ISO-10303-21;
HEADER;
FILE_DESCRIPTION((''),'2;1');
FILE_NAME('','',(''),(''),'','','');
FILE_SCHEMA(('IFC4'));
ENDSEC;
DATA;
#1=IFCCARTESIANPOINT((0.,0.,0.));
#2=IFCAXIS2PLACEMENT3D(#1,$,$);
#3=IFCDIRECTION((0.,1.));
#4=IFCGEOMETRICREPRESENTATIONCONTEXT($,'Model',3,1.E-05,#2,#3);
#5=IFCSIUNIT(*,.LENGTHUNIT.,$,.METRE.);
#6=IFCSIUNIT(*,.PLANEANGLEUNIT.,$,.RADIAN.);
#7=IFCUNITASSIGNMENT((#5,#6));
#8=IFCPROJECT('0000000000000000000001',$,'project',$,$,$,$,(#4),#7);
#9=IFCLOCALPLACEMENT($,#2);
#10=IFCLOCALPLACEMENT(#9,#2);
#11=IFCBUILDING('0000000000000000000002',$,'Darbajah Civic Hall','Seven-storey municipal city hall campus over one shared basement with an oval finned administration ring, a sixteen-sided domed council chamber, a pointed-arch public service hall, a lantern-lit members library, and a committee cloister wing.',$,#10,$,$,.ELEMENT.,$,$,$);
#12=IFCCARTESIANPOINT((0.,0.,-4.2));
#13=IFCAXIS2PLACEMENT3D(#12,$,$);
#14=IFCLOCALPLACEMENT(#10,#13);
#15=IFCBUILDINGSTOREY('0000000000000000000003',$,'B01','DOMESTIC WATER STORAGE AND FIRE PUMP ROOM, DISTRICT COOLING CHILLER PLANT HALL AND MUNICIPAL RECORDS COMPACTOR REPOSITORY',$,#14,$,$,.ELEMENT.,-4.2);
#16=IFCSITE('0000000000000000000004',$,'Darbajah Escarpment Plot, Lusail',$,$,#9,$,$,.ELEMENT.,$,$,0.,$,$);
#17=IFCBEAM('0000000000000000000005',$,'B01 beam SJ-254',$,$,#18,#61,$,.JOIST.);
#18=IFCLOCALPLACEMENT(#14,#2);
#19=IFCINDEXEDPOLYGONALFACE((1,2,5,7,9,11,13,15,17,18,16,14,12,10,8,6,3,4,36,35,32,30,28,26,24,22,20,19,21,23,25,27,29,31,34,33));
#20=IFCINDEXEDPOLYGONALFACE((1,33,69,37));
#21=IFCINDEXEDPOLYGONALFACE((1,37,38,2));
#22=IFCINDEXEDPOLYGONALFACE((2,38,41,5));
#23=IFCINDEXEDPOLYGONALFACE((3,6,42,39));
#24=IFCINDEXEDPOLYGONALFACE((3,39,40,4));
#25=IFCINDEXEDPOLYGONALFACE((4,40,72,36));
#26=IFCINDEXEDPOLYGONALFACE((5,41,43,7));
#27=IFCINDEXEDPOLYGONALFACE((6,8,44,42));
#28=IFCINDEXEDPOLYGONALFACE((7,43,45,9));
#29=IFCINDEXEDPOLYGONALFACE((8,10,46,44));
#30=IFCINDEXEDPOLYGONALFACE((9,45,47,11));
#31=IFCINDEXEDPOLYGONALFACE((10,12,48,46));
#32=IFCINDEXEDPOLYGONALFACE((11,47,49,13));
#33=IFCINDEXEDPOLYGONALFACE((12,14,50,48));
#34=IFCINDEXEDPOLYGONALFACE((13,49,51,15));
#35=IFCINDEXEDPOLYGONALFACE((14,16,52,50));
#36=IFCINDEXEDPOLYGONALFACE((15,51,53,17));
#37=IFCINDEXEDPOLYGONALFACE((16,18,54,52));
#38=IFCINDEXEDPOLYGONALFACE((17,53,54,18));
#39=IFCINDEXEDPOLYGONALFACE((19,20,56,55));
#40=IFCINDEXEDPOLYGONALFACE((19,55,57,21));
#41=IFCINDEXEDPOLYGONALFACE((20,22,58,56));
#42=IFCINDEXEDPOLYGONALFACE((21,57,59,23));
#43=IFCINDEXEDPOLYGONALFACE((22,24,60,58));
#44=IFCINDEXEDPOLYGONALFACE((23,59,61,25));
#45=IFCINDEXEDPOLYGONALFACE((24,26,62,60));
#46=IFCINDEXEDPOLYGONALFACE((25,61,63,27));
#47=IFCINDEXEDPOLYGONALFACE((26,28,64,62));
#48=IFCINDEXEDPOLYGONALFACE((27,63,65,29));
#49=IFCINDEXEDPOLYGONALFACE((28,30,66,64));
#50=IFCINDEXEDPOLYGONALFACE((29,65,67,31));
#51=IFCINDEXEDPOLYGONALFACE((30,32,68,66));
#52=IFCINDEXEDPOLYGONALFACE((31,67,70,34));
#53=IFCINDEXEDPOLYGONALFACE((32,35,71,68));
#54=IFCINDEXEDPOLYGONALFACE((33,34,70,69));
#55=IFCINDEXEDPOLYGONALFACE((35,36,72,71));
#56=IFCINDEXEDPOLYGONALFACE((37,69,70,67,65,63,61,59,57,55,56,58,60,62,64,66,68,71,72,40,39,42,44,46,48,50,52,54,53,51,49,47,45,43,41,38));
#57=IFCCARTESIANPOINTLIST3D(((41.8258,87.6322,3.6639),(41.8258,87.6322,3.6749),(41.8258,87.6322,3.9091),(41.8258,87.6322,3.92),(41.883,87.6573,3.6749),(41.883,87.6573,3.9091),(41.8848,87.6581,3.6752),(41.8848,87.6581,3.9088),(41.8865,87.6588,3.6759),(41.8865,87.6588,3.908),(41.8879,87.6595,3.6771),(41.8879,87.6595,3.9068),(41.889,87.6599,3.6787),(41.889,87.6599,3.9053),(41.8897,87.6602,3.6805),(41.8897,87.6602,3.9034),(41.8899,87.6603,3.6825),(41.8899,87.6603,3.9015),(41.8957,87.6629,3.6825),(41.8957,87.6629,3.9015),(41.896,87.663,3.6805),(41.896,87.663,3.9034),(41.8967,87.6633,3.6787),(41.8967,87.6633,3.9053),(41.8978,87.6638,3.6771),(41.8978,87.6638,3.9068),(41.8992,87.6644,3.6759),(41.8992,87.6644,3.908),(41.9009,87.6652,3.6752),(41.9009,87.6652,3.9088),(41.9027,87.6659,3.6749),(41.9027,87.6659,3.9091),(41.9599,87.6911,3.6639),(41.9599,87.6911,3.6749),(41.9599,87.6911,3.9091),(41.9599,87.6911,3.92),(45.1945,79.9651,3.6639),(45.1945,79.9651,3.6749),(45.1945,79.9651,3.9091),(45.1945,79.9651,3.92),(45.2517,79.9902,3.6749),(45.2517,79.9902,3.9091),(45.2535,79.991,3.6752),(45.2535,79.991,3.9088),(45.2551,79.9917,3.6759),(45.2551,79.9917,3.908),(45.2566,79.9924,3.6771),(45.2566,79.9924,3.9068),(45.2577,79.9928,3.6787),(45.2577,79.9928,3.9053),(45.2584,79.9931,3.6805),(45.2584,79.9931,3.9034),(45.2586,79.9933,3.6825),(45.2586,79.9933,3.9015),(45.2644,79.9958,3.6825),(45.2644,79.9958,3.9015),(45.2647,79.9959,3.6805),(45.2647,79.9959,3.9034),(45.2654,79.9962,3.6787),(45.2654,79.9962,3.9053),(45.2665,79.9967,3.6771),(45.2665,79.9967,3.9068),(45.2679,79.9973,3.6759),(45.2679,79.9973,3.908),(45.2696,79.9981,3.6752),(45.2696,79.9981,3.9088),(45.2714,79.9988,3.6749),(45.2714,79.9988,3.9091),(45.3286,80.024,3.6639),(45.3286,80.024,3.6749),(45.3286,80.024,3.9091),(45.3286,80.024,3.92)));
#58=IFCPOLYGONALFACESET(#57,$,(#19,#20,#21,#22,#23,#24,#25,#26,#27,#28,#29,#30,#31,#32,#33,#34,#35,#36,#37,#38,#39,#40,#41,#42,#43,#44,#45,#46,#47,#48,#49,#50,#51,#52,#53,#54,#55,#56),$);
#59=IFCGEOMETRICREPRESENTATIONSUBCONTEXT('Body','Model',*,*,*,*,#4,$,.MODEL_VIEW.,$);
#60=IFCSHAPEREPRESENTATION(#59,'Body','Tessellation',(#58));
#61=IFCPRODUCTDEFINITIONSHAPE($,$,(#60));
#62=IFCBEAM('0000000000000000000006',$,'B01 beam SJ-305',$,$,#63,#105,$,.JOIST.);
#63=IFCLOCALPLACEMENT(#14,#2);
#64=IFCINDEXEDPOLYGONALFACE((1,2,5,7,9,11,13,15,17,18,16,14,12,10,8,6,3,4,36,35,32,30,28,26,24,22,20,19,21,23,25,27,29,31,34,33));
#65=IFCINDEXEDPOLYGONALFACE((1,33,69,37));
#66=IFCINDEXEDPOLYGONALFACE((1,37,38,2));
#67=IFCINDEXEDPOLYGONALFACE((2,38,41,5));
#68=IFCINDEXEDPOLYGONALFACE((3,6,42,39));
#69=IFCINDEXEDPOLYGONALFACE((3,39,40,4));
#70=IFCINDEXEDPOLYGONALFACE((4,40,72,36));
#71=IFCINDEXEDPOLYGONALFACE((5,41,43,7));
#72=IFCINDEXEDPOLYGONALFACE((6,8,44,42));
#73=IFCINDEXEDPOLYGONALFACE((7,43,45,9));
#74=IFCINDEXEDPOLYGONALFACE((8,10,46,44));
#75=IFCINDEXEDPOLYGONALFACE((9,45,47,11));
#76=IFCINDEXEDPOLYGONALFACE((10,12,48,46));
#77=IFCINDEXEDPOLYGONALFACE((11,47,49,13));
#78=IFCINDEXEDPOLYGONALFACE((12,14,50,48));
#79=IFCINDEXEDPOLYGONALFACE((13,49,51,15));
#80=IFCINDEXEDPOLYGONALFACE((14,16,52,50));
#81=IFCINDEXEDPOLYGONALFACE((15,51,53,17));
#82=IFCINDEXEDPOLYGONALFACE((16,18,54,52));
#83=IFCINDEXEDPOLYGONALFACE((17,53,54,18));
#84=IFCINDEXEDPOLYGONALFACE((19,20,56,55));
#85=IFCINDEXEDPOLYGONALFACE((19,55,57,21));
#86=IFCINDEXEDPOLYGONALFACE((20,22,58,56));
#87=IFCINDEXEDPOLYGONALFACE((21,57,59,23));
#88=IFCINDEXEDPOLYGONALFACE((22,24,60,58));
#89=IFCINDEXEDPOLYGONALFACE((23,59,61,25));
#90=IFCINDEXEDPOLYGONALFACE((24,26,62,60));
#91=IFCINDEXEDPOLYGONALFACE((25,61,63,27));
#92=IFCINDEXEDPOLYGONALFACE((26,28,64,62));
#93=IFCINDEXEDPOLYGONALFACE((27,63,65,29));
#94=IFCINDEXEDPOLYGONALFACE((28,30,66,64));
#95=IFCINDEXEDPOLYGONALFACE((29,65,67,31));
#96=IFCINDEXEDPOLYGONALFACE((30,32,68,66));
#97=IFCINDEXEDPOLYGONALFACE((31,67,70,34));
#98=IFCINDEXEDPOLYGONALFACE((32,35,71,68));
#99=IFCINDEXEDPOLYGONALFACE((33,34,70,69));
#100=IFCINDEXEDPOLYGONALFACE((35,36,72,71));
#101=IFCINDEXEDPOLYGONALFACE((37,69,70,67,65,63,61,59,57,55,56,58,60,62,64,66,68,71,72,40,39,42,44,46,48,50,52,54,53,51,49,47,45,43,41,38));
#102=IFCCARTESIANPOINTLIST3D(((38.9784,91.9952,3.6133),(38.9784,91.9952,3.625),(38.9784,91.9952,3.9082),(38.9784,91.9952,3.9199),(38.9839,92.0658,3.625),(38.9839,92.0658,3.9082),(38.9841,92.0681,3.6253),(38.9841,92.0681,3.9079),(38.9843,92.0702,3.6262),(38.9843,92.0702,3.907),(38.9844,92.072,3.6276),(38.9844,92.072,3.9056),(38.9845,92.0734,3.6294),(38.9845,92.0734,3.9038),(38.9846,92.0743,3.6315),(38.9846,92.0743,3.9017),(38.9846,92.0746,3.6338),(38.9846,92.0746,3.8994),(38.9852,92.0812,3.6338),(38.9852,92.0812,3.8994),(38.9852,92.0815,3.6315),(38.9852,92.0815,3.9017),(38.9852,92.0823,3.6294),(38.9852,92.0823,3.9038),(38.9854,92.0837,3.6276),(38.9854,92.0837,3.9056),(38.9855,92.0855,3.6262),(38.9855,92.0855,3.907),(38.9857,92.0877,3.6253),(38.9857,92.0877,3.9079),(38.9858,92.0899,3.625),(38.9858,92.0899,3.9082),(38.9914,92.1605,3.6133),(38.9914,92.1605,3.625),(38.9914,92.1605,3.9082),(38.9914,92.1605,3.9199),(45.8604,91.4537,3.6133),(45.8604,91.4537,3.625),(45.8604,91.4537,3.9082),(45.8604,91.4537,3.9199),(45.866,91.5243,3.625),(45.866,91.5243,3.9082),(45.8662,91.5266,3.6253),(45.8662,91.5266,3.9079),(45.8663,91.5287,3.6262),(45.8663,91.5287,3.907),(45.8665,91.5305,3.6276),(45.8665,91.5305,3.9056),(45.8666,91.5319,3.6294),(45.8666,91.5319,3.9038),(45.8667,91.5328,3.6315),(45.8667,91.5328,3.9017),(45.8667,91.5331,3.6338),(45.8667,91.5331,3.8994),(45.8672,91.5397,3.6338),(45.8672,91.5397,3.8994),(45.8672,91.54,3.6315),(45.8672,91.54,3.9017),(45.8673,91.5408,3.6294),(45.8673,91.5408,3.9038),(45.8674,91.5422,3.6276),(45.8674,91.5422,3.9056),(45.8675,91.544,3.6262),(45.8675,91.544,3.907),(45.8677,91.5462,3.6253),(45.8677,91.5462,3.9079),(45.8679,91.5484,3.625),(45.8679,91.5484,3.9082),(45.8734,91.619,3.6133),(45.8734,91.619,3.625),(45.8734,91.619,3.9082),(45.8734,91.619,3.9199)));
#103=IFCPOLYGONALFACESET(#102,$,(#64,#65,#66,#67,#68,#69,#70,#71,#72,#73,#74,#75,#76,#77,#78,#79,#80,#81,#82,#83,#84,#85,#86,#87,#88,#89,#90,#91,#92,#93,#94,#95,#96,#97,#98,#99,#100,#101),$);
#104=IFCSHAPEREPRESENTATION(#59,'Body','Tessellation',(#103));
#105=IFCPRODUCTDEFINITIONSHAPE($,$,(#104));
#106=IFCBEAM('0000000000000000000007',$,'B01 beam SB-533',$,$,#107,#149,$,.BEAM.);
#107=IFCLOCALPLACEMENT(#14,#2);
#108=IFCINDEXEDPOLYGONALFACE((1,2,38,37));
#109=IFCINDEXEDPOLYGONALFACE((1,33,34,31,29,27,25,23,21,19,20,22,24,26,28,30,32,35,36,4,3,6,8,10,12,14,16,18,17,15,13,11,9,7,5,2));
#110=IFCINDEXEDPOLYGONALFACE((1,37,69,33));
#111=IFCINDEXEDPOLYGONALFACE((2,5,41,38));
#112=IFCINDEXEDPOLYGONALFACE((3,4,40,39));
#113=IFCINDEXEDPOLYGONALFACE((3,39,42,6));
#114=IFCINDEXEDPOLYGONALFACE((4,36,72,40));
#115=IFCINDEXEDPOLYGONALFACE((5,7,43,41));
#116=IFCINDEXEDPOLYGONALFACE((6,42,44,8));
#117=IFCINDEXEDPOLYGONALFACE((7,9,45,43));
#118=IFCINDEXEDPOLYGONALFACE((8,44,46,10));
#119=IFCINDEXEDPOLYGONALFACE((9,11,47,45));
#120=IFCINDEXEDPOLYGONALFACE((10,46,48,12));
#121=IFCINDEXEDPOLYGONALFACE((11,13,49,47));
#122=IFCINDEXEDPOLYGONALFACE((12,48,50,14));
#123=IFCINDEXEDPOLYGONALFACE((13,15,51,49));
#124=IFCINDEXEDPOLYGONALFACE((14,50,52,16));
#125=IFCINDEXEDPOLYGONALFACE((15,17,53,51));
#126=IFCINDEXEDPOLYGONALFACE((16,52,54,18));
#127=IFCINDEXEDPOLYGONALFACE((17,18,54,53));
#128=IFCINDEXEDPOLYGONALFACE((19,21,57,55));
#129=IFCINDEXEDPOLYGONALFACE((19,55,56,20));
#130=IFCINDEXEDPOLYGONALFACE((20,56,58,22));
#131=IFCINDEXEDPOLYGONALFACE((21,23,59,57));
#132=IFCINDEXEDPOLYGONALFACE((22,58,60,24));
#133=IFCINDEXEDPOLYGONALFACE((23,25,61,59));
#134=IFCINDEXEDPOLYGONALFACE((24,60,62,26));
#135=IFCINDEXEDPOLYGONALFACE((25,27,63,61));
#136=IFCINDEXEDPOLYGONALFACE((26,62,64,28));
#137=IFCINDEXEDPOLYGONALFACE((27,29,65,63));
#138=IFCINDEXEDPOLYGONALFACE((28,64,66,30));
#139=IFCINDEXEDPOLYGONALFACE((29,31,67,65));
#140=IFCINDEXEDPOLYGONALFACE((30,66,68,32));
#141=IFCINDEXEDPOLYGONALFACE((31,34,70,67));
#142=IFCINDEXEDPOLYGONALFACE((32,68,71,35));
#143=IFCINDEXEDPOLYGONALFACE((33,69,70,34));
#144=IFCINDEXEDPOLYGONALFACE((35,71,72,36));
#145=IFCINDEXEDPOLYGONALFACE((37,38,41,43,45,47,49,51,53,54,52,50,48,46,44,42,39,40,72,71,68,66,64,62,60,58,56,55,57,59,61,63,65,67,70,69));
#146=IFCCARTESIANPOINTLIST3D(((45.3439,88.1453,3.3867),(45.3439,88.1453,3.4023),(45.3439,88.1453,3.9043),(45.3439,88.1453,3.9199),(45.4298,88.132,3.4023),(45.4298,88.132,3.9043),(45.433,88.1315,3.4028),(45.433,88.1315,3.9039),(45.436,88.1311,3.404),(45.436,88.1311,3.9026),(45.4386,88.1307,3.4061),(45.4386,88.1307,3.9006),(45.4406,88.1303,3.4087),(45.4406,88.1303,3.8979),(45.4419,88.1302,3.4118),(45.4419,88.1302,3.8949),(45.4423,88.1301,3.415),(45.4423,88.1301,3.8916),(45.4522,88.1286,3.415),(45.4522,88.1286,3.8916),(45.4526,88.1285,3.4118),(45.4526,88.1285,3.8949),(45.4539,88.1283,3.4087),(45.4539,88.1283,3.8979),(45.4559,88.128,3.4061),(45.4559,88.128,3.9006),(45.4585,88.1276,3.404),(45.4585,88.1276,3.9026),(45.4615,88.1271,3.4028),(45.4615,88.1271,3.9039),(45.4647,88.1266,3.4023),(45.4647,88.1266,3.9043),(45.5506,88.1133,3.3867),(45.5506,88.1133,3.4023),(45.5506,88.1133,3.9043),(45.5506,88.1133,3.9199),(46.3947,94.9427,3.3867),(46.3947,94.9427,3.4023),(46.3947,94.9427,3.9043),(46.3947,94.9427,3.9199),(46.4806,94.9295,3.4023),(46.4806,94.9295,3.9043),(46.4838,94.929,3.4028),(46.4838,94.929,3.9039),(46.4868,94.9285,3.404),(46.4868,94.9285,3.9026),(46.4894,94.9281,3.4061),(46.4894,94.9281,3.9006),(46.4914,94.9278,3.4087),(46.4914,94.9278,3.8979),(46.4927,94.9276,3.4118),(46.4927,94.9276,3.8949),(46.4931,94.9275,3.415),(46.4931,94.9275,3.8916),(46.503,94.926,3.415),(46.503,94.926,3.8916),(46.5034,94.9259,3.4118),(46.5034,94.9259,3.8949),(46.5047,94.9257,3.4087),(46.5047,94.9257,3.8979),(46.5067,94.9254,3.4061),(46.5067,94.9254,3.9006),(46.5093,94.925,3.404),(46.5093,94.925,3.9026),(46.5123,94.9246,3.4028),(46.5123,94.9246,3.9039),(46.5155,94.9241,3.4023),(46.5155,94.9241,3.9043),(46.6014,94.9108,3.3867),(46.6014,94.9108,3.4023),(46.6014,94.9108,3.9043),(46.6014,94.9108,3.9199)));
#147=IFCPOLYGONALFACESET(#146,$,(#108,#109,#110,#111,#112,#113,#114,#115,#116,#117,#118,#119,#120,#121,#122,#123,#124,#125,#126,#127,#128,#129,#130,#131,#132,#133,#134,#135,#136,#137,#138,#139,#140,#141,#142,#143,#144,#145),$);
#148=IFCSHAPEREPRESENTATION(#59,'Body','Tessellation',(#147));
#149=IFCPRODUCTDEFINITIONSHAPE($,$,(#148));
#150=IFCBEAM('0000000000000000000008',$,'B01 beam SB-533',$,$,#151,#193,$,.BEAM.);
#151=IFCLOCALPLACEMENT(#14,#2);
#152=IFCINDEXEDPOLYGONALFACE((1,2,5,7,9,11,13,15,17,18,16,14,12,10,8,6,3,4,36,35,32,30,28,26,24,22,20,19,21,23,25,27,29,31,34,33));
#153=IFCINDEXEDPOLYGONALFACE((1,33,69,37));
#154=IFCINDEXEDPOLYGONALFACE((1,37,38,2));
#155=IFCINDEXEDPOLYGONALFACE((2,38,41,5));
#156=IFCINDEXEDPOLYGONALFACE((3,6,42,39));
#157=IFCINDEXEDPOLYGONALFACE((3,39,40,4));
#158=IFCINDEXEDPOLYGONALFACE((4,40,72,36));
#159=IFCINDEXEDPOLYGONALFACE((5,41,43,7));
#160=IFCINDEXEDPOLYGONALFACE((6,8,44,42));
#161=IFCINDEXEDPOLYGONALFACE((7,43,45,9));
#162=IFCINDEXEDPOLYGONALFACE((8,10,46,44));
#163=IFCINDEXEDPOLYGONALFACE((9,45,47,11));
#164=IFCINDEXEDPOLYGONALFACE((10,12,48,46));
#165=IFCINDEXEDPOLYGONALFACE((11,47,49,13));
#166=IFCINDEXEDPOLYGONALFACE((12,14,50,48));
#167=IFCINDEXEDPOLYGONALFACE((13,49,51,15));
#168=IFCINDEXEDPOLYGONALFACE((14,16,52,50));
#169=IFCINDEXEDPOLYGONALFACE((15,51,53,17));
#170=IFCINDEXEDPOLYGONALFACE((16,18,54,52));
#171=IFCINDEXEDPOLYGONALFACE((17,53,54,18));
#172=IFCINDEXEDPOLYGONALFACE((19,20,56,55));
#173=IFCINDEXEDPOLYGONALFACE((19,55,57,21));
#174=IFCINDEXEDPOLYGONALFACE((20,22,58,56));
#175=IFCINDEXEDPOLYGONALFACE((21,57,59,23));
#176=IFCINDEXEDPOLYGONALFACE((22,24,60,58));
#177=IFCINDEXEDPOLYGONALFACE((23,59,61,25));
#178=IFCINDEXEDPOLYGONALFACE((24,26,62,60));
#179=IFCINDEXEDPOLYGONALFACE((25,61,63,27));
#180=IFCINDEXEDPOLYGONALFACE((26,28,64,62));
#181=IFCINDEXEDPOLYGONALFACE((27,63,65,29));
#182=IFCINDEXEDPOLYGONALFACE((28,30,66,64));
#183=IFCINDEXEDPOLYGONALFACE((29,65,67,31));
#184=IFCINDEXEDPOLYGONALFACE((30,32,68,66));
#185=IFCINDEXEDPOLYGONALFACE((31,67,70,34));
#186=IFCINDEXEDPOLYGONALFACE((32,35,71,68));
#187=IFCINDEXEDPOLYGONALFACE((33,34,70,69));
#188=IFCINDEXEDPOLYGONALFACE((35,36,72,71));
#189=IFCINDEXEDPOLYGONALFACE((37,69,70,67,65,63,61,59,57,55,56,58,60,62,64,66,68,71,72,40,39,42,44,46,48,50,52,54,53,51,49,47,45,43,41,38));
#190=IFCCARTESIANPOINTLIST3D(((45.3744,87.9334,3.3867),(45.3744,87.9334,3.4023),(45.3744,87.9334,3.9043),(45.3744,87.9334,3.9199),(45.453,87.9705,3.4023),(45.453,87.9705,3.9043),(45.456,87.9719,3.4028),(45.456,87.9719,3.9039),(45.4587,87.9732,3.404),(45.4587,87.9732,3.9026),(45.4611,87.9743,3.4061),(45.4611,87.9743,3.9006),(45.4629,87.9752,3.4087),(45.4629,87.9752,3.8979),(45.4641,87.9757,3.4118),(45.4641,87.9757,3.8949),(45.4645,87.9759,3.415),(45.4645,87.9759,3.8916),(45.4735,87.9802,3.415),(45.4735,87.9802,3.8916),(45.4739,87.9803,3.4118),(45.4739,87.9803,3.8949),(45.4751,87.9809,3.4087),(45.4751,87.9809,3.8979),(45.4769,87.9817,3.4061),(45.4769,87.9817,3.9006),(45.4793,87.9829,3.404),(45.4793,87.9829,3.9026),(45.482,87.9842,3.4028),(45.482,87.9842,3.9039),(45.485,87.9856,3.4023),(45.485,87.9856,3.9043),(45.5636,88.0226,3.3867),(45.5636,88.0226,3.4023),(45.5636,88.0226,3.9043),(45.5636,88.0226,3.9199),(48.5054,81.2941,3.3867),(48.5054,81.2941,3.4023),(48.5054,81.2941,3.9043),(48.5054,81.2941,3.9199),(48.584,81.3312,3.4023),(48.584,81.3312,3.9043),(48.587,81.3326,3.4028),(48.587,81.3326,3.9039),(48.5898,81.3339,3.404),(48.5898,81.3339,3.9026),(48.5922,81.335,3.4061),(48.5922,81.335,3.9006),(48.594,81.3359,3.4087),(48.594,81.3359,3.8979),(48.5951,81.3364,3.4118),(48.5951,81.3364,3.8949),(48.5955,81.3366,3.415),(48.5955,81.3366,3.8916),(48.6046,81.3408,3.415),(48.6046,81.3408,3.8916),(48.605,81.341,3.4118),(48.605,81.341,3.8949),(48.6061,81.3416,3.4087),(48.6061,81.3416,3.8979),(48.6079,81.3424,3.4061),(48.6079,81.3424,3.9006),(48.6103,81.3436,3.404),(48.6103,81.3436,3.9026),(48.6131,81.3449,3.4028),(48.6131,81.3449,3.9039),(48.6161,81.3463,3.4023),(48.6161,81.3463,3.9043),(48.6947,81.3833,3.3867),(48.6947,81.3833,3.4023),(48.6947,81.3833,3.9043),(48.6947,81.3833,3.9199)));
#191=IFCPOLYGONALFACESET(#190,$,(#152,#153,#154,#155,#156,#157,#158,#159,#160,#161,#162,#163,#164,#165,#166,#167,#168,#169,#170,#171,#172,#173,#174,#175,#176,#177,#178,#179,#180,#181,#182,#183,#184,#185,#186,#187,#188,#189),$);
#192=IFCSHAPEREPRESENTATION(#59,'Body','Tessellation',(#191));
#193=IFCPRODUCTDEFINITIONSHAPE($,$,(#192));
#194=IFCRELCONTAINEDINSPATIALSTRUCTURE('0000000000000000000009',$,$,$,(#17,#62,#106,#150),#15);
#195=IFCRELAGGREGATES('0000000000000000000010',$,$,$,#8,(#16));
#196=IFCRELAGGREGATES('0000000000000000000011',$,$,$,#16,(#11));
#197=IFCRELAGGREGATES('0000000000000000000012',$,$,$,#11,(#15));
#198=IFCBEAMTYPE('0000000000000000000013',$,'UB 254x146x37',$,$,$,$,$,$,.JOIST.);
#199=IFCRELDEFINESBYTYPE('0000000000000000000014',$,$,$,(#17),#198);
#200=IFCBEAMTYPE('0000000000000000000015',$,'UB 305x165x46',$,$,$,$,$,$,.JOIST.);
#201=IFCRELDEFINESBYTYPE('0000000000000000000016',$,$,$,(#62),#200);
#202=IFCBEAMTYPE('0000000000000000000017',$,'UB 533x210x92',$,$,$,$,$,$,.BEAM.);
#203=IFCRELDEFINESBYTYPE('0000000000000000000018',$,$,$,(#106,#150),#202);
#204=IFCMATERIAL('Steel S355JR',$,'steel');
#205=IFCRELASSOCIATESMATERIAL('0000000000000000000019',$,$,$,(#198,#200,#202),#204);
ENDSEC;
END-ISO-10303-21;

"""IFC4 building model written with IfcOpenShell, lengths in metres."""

from ifc_helpers import new_model, si_unit, direction, frame, origin, origin_2d, place, context, subcontext, project, spatial, i_section, extrude, material, material_profile, profile_set, type_object, element, save


model = new_model("IFC4")

# Units and contexts
model_context = context("Model", 3, precision=1e-05, world=origin(), true_north=direction((0.0, 1.0)))
body_context = subcontext(model_context, "Body", "Model", "MODEL_VIEW")
ifc_project = project(units=[si_unit("LENGTHUNIT", "METRE"), si_unit("PLANEANGLEUNIT", "RADIAN")], contexts=[model_context])

# Site, building, storey
site_placement = place(None, origin())
site = spatial("IfcSite", under=ifc_project, at=site_placement, Name="Darbajah Escarpment Plot, Lusail", CompositionType="ELEMENT", RefElevation=0.0)
building_placement = place(site_placement, origin())
building = spatial("IfcBuilding", under=site, at=building_placement, Name="Darbajah Civic Hall", Description="Seven-storey municipal city hall campus over one shared basement with an oval finned administration ring, a sixteen-sided domed council chamber, a pointed-arch public service hall, a lantern-lit members library, and a committee cloister wing.", CompositionType="ELEMENT")
storey_placement = place(building_placement, frame((0.0, 0.0, -4.2)))
storey = spatial("IfcBuildingStorey", under=building, at=storey_placement, Name="B01", Description="DOMESTIC WATER STORAGE AND FIRE PUMP ROOM, DISTRICT COOLING CHILLER PLANT HALL AND MUNICIPAL RECORDS COMPACTOR REPOSITORY", CompositionType="ELEMENT", Elevation=-4.2)

# Beams
ifc_material_1 = material(Name="Steel S355JR", Category="steel")
ifc_material_profile_1 = material_profile(ifc_material_1, i_section(OverallWidth=0.1465, OverallDepth=0.2561, WebThickness=0.0063, FlangeThickness=0.011, FilletRadius=0.0076, at=origin_2d()), Name="UB 254x146x37")
ifc_profile_set_1 = profile_set([ifc_material_profile_1], Name="Steel S355JR")
beam_type_1 = type_object("IfcBeamType", Name="UB 254x146x37", PredefinedType="JOIST", material=ifc_profile_set_1)
beam_1_placement = place(storey_placement, frame((41.8928, 87.6616, 3.792), z_axis=(0.402256, -0.915527, 0.0), x_axis=(0.915527, 0.402256, 0.0)))
element("IfcBeam", 1, at=beam_1_placement, inside=storey, type_object=beam_type_1, Name="B01 beam SJ-254", PredefinedType="JOIST", context=body_context, shape_type="SweptSolid", body=[
    extrude(i_section(OverallWidth=0.1465, OverallDepth=0.2561, WebThickness=0.0063, FlangeThickness=0.011, FilletRadius=0.0076, at=origin_2d()), origin(), (0.0, 0.0, 1.0), 8.3745),
])
ifc_material_profile_2 = material_profile(ifc_material_1, i_section(OverallWidth=0.1658, OverallDepth=0.3066, WebThickness=0.0066, FlangeThickness=0.0117, FilletRadius=0.0088, at=origin_2d()), Name="UB 305x165x46")
ifc_profile_set_2 = profile_set([ifc_material_profile_2], Name="Steel S355JR")
beam_type_2 = type_object("IfcBeamType", Name="UB 305x165x46", PredefinedType="JOIST", material=ifc_profile_set_2)
beam_2_placement = place(storey_placement, frame((45.8669, 91.5364, 3.7666), z_axis=(-0.996919, 0.078441, 0.0), x_axis=(-0.078441, -0.996919, 0.0)))
element("IfcBeam", 2, at=beam_2_placement, inside=storey, type_object=beam_type_2, Name="B01 beam SJ-305", PredefinedType="JOIST", context=body_context, shape_type="SweptSolid", body=[
    extrude(i_section(OverallWidth=0.1658, OverallDepth=0.3066, WebThickness=0.0066, FlangeThickness=0.0117, FilletRadius=0.0088, at=origin_2d()), origin(), (0.0, 0.0, 1.0), 6.9033),
])
ifc_material_profile_3 = material_profile(ifc_material_1, i_section(OverallWidth=0.2092, OverallDepth=0.5332, WebThickness=0.01, FlangeThickness=0.0156, FilletRadius=0.0127, at=origin_2d()), Name="UB 533x210x92")
ifc_profile_set_3 = profile_set([ifc_material_profile_3], Name="Steel S355JR")
beam_type_3 = type_object("IfcBeamType", Name="UB 533x210x92", PredefinedType="BEAM", material=ifc_profile_set_3)
beam_3_placement = place(storey_placement, frame((46.498, 94.9268, 3.6533), z_axis=(-0.152772, -0.988261, 0.0), x_axis=(0.988261, -0.152772, 0.0)))
element("IfcBeam", 3, at=beam_3_placement, inside=storey, type_object=beam_type_3, Name="B01 beam SB-533", PredefinedType="BEAM", context=body_context, shape_type="SweptSolid", body=[
    extrude(i_section(OverallWidth=0.2092, OverallDepth=0.5332, WebThickness=0.01, FlangeThickness=0.0156, FilletRadius=0.0127, at=origin_2d()), origin(), (0.0, 0.0, 1.0), 6.8782),
])
beam_4_placement = place(storey_placement, frame((45.469, 87.978, 3.6533), z_axis=(0.426542, -0.904468, 0.0), x_axis=(0.904468, 0.426542, 0.0)))
element("IfcBeam", 4, at=beam_4_placement, inside=storey, type_object=beam_type_3, Name="B01 beam SB-533", PredefinedType="BEAM", context=body_context, shape_type="SweptSolid", body=[
    extrude(i_section(OverallWidth=0.2092, OverallDepth=0.5332, WebThickness=0.01, FlangeThickness=0.0156, FilletRadius=0.0127, at=origin_2d()), origin(), (0.0, 0.0, 1.0), 7.3406),
])

save(model, "model.ifc")
